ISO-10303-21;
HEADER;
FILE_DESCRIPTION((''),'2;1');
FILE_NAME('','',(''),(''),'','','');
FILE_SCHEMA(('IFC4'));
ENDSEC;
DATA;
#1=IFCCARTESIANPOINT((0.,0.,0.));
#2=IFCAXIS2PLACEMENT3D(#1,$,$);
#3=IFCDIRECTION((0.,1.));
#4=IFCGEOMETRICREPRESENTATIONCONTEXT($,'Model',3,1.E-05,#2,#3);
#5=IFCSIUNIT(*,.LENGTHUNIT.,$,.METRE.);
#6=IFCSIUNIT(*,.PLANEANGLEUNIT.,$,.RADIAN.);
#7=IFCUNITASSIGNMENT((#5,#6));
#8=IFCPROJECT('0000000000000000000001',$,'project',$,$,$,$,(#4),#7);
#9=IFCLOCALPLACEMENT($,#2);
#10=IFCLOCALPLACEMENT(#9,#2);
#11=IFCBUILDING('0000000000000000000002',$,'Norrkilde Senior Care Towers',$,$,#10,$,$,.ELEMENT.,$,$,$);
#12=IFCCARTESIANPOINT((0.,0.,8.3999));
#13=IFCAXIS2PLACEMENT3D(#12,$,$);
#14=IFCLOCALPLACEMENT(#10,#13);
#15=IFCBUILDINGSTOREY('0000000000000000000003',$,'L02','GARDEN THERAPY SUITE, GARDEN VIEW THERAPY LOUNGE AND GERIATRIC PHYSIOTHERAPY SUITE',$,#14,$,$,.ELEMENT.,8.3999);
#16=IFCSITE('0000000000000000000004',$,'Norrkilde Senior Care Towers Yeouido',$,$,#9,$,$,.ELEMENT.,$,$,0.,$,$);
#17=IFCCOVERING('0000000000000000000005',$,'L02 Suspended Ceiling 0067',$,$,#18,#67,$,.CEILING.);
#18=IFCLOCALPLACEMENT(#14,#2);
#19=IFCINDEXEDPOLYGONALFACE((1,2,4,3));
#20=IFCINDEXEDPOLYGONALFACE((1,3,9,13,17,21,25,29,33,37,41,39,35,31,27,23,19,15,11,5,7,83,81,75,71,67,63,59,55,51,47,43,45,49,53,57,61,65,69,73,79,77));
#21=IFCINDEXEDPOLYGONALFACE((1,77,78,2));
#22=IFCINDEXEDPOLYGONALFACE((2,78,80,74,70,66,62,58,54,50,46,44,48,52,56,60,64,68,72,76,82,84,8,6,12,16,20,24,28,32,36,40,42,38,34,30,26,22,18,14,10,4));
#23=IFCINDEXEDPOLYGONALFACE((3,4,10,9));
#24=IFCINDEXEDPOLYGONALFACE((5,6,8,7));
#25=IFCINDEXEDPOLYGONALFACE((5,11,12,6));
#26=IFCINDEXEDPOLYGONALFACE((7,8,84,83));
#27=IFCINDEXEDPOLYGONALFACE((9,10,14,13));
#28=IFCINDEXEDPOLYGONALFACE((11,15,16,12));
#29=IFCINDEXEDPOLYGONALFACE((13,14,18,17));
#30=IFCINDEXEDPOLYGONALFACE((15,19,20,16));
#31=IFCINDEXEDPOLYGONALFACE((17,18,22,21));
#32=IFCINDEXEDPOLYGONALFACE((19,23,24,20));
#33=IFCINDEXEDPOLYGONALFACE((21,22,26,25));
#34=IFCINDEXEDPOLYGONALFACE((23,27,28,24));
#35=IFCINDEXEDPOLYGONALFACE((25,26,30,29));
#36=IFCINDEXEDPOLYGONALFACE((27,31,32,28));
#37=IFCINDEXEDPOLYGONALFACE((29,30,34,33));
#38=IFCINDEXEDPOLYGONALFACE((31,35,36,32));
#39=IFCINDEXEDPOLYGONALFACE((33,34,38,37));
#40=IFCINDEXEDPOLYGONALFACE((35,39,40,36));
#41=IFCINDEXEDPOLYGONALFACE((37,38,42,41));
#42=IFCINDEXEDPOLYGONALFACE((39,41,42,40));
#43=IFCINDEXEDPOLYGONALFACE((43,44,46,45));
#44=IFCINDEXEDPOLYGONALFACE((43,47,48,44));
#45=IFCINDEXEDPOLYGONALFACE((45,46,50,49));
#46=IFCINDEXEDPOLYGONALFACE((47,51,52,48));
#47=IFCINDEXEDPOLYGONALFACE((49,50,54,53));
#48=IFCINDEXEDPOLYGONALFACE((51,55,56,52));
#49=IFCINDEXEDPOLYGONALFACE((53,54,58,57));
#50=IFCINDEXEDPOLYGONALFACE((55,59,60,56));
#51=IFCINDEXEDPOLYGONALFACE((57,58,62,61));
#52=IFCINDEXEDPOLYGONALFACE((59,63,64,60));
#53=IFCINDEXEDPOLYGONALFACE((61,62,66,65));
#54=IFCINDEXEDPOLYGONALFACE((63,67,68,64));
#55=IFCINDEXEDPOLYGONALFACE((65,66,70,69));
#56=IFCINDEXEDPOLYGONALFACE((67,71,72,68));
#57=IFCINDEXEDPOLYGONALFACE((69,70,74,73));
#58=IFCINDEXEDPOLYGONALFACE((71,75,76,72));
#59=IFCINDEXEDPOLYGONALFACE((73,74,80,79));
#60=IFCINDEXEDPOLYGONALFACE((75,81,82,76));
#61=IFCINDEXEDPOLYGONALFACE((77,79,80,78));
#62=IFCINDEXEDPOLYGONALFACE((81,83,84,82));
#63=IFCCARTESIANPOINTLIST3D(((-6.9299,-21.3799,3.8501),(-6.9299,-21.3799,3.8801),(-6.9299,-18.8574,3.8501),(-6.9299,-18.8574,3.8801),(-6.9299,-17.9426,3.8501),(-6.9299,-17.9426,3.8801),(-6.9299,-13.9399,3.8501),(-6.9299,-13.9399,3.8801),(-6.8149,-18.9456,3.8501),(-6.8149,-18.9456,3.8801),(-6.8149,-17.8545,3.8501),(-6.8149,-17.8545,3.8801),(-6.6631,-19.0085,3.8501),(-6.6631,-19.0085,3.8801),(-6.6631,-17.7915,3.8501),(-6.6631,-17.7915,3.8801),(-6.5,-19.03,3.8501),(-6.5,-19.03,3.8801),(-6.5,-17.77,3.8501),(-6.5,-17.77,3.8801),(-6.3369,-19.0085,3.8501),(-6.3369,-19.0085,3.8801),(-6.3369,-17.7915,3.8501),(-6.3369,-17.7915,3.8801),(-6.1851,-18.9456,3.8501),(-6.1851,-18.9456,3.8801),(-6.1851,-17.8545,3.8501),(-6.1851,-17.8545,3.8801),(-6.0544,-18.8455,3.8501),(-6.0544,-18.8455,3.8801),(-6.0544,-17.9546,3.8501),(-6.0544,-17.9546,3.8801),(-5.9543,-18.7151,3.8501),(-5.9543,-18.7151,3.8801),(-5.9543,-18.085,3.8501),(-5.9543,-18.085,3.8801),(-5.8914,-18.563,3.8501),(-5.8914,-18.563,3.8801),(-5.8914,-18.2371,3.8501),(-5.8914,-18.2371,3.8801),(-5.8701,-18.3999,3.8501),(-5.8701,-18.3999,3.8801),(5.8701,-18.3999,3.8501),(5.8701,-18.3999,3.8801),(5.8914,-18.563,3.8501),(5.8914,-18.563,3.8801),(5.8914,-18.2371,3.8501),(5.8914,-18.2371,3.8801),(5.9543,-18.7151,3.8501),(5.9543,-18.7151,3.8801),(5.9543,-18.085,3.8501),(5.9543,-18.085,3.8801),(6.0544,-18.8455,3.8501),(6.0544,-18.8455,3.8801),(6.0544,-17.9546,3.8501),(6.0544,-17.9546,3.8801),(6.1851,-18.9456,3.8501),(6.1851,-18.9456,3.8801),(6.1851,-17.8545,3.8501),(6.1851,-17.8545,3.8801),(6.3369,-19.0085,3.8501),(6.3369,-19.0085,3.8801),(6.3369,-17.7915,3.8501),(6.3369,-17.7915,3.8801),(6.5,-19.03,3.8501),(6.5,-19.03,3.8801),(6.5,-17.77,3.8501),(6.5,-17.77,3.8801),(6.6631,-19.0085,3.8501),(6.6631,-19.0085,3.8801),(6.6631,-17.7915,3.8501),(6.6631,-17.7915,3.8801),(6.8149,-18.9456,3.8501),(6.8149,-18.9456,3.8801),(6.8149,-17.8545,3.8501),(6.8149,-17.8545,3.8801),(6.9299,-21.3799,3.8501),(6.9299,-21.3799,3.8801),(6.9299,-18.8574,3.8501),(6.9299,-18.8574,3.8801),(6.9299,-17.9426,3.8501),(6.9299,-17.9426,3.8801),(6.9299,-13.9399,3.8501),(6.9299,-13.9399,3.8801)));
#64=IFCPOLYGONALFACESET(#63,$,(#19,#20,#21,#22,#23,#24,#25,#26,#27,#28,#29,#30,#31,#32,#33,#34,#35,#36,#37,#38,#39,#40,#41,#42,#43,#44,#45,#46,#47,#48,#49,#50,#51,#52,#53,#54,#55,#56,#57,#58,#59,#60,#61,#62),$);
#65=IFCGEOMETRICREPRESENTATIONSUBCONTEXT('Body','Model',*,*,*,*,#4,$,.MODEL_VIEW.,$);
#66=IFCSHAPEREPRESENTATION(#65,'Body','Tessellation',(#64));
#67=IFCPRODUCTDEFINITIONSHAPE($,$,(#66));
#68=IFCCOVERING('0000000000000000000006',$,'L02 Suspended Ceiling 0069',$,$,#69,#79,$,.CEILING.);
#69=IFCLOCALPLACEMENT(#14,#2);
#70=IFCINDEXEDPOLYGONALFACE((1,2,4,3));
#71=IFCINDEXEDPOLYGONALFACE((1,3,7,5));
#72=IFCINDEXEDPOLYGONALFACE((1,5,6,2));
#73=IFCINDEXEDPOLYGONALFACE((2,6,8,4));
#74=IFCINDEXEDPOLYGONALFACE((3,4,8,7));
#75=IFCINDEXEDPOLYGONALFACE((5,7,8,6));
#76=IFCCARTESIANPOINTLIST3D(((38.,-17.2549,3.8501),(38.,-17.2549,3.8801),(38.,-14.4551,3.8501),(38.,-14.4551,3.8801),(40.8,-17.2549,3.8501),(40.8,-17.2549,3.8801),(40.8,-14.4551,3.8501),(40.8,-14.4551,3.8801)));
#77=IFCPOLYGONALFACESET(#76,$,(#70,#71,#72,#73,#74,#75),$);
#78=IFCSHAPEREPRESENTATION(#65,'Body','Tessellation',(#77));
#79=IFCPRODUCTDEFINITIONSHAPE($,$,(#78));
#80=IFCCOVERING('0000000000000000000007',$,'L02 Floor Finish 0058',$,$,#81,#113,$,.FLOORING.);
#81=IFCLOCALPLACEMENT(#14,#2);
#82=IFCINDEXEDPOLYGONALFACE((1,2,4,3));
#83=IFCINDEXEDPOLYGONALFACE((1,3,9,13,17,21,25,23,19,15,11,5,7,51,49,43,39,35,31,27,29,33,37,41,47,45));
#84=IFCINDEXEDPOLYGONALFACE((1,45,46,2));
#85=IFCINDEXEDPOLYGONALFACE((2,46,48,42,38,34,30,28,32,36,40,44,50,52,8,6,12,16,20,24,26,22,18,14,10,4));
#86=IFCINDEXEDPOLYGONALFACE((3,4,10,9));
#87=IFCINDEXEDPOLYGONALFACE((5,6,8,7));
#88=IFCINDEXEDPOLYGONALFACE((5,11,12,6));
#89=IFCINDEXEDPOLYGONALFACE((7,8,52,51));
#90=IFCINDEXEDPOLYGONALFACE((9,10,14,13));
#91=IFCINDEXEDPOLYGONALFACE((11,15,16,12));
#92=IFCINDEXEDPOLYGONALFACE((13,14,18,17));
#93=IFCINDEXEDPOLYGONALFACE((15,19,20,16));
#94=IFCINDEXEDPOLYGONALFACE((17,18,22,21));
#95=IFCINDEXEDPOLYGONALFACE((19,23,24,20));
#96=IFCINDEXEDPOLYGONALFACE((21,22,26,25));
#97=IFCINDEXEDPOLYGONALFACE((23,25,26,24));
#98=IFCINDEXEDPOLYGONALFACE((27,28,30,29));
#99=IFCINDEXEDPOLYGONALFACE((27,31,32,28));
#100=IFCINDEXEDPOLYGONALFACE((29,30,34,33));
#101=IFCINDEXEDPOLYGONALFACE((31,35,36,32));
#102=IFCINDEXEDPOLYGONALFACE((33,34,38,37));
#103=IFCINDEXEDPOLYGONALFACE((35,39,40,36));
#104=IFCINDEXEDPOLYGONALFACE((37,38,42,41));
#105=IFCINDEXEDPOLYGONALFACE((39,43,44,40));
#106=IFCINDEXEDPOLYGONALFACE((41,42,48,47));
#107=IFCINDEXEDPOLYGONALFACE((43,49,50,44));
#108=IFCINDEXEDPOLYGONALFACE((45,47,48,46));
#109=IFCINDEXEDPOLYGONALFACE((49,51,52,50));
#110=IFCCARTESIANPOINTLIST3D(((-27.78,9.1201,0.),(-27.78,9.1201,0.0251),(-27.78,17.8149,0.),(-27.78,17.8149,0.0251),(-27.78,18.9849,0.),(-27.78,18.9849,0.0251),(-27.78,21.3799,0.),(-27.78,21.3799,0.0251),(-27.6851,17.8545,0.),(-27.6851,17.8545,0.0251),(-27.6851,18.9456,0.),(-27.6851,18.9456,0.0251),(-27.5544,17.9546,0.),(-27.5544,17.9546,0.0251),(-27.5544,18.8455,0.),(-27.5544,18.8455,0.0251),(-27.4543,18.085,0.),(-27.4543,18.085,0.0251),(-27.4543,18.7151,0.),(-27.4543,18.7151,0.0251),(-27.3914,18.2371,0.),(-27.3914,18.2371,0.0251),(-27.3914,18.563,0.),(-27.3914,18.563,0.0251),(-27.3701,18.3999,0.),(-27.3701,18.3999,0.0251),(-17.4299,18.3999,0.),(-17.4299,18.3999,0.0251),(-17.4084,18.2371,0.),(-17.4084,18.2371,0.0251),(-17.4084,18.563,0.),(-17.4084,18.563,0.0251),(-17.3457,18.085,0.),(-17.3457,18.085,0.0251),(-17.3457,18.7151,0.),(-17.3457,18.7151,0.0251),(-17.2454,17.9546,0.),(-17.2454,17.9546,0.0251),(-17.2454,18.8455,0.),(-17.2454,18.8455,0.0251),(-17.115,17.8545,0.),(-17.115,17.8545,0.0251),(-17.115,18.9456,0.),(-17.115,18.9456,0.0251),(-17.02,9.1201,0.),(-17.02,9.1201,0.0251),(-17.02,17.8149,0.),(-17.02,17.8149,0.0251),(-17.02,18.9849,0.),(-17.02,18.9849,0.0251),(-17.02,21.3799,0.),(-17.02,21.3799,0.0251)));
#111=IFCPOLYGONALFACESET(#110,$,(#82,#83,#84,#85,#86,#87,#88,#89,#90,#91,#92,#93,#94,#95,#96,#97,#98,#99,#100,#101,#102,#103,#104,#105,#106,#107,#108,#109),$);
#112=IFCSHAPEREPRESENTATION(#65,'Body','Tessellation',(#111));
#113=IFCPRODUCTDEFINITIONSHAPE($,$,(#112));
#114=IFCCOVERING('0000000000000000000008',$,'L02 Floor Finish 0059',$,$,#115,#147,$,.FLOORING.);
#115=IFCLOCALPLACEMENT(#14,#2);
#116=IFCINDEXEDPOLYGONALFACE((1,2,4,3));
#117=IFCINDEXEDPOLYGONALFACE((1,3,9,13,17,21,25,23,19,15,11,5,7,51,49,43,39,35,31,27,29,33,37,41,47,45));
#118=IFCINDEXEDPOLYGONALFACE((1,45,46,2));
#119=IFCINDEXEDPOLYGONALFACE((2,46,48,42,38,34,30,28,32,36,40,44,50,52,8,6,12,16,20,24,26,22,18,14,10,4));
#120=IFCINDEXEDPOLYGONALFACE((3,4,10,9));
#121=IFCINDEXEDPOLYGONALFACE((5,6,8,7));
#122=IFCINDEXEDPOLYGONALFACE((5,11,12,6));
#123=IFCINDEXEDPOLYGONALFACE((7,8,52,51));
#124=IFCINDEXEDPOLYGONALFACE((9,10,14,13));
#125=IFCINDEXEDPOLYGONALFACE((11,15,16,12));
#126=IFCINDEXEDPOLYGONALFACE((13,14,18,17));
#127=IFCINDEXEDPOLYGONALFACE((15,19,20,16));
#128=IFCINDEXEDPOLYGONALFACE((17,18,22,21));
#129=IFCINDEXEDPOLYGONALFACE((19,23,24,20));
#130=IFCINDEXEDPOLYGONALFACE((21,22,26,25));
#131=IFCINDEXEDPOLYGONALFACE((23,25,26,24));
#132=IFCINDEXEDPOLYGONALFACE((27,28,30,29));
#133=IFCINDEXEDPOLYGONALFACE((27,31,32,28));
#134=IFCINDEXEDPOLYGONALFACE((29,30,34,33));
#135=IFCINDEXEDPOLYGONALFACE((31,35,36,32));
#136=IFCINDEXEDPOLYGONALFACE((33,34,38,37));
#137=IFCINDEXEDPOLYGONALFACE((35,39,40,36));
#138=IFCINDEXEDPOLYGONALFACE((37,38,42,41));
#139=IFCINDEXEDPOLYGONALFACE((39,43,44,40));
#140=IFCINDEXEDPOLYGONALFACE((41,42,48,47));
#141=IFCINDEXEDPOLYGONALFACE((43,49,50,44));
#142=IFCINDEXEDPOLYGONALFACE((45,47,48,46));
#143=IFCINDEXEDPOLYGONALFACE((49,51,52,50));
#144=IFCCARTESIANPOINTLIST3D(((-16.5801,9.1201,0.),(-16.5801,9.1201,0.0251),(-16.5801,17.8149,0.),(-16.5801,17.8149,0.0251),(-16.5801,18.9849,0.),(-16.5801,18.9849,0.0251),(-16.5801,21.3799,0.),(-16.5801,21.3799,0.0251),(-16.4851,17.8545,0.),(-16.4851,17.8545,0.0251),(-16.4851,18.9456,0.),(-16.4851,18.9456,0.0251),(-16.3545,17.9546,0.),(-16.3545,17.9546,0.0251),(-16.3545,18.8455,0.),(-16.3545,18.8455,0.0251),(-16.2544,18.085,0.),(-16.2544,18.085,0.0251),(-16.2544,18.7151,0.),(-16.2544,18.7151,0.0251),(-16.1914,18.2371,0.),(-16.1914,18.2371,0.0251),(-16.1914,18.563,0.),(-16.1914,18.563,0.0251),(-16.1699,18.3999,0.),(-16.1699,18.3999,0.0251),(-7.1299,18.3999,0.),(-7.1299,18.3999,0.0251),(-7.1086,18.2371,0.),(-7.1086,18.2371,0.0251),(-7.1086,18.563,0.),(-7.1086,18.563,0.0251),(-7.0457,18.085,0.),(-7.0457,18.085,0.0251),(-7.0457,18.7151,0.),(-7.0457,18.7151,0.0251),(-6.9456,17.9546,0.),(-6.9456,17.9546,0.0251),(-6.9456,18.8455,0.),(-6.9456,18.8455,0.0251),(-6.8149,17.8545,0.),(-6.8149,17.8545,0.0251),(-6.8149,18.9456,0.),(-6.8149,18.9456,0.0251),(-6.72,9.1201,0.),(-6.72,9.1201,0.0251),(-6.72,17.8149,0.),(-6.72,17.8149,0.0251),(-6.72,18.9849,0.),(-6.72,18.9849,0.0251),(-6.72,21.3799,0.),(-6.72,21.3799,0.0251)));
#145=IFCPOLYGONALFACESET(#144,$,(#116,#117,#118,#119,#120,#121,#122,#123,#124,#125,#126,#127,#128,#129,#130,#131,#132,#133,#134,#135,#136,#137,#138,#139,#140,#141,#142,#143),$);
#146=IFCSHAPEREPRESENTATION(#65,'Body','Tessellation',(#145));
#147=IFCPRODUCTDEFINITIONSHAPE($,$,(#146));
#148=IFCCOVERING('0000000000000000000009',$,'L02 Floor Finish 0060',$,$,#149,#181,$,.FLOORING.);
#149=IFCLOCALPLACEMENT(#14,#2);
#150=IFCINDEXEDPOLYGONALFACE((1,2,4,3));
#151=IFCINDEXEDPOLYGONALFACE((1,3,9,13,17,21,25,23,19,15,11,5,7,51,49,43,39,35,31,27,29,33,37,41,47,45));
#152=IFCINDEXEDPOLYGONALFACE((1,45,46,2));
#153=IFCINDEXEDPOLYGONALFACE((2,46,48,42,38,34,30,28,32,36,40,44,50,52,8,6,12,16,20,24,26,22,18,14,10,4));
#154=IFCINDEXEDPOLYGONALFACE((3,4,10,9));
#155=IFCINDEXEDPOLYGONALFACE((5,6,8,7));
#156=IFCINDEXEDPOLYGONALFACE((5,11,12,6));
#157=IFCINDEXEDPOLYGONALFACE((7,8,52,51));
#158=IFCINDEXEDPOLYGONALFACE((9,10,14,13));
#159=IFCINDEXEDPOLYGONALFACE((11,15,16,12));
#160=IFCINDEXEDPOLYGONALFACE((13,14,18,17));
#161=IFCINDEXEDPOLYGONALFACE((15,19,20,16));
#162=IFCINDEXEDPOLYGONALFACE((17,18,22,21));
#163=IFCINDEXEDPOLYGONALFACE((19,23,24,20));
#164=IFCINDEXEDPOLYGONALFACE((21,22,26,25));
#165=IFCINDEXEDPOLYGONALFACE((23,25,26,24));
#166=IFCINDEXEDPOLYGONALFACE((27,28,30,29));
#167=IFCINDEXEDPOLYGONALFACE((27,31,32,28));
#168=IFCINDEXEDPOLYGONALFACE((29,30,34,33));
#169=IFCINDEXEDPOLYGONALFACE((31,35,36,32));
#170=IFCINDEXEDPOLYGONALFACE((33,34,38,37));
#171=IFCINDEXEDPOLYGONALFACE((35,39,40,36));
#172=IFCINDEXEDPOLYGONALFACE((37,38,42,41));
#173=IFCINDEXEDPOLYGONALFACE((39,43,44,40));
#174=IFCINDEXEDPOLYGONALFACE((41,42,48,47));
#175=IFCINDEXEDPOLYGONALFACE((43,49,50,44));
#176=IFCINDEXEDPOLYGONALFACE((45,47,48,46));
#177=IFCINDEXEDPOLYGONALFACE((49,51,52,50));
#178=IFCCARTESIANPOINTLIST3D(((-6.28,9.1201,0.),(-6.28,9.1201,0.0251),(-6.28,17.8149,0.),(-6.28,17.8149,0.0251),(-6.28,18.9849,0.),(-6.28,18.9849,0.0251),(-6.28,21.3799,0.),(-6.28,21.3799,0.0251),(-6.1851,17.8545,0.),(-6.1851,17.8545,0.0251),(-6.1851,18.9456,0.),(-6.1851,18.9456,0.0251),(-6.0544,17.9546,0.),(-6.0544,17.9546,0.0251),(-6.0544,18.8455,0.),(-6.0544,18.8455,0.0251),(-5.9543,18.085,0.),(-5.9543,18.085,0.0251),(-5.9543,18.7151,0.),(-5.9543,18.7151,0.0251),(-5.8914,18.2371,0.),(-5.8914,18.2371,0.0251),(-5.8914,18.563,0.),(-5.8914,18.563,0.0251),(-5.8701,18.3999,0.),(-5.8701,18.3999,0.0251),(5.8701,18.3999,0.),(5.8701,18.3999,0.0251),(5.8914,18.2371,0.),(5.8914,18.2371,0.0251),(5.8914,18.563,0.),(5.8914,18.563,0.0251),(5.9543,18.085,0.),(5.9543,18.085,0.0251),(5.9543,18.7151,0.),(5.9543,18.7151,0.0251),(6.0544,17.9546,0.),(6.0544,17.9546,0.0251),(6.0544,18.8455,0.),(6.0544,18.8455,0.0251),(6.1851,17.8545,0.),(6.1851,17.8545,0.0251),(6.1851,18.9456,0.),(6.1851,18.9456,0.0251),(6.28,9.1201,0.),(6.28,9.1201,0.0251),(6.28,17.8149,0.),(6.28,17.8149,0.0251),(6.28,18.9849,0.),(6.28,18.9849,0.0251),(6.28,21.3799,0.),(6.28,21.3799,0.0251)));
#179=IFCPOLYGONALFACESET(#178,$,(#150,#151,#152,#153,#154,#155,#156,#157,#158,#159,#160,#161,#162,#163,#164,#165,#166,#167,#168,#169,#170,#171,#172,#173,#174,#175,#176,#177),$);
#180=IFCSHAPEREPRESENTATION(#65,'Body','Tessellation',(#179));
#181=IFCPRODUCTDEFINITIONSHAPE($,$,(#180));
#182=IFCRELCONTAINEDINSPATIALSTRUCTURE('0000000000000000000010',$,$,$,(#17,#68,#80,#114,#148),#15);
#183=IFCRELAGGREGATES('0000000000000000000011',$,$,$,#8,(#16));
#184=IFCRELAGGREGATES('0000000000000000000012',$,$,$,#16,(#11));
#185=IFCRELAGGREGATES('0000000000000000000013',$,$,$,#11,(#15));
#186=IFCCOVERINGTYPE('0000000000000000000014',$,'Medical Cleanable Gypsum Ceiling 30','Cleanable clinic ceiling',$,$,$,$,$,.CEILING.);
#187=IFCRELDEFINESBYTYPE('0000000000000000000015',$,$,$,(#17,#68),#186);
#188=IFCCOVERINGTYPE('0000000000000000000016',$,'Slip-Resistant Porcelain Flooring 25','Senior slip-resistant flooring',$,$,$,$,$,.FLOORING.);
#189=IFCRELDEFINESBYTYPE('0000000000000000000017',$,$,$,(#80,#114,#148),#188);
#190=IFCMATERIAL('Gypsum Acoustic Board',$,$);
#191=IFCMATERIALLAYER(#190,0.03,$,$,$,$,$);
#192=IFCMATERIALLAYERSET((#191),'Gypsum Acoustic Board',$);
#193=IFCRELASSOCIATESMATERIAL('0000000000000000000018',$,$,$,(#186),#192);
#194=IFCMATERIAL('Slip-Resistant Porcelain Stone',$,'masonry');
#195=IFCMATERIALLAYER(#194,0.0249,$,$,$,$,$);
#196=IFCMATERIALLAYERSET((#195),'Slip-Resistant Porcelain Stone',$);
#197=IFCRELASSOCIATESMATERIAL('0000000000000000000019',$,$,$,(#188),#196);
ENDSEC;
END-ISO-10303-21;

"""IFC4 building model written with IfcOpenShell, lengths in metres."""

from ifc_helpers import new_model, si_unit, direction, frame, origin, place, context, subcontext, project, spatial, polyline, outline, extrude, material, layer, layer_set, type_object, element, save


model = new_model("IFC4")

# Units and contexts
model_context = context("Model", 3, precision=1e-05, world=origin(), true_north=direction((0.0, 1.0)))
body_context = subcontext(model_context, "Body", "Model", "MODEL_VIEW")
ifc_project = project(units=[si_unit("LENGTHUNIT", "METRE"), si_unit("PLANEANGLEUNIT", "RADIAN")], contexts=[model_context])

# Site, building, storey
site_placement = place(None, origin())
site = spatial("IfcSite", under=ifc_project, at=site_placement, Name="Norrkilde Senior Care Towers Yeouido", CompositionType="ELEMENT", RefElevation=0.0)
building_placement = place(site_placement, origin())
building = spatial("IfcBuilding", under=site, at=building_placement, Name="Norrkilde Senior Care Towers", CompositionType="ELEMENT")
storey_placement = place(building_placement, frame((0.0, 0.0, 8.3999)))
storey = spatial("IfcBuildingStorey", under=building, at=storey_placement, Name="L02", Description="GARDEN THERAPY SUITE, GARDEN VIEW THERAPY LOUNGE AND GERIATRIC PHYSIOTHERAPY SUITE", CompositionType="ELEMENT", Elevation=8.3999)

# Shared definitions
ifc_material_1 = material(Name="Gypsum Acoustic Board")

# Coverings
ifc_layer_1 = layer(ifc_material_1, 0.03)
ifc_layer_set_1 = layer_set([ifc_layer_1], Name="Gypsum Acoustic Board")
covering_type_1 = type_object("IfcCoveringType", Name="Medical Cleanable Gypsum Ceiling 30", Description="Cleanable clinic ceiling", PredefinedType="CEILING", material=ifc_layer_set_1)
covering_1_placement = place(storey_placement, frame((0.0, 0.0, 3.8501)))
element("IfcCovering", 1, at=covering_1_placement, inside=storey, type_object=covering_type_1, Name="L02 Suspended Ceiling 0067", PredefinedType="CEILING", context=body_context, shape_type="SweptSolid", body=[
    extrude(outline(polyline([(-6.9299, -21.3799), (-6.9299, -18.8574), (-6.8149, -18.9456), (-6.6631, -19.0085), (-6.5, -19.03), (-6.3369, -19.0085), (-6.1851, -18.9456), (-6.0544, -18.8455), (-5.9543, -18.7151), (-5.8914, -18.563), (-5.8701, -18.3999), (-5.8914, -18.2371), (-5.9543, -18.085), (-6.0544, -17.9546), (-6.1851, -17.8545), (-6.3369, -17.7915), (-6.5, -17.77), (-6.6631, -17.7915), (-6.8149, -17.8545), (-6.9299, -17.9426), (-6.9299, -13.9399), (6.9299, -13.9399), (6.9299, -17.9426), (6.8149, -17.8545), (6.6631, -17.7915), (6.5, -17.77), (6.3369, -17.7915), (6.1851, -17.8545), (6.0544, -17.9546), (5.9543, -18.085), (5.8914, -18.2371), (5.8701, -18.3999), (5.8914, -18.563), (5.9543, -18.7151), (6.0544, -18.8455), (6.1851, -18.9456), (6.3369, -19.0085), (6.5, -19.03), (6.6631, -19.0085), (6.8149, -18.9456), (6.9299, -18.8574), (6.9299, -21.3799), (-6.9299, -21.3799)])), origin(), (0.0, 0.0, 1.0), 0.03),
])
covering_2_placement = place(storey_placement, frame((0.0, 0.0, 3.8501)))
element("IfcCovering", 2, at=covering_2_placement, inside=storey, type_object=covering_type_1, Name="L02 Suspended Ceiling 0069", PredefinedType="CEILING", context=body_context, shape_type="SweptSolid", body=[
    extrude(outline(polyline([(38.0, -17.2549), (38.0, -14.4551), (40.8, -14.4551), (40.8, -17.2549), (38.0, -17.2549)])), origin(), (0.0, 0.0, 1.0), 0.03),
])
ifc_material_2 = material(Name="Slip-Resistant Porcelain Stone", Category="masonry")
ifc_layer_2 = layer(ifc_material_2, 0.0249)
ifc_layer_set_2 = layer_set([ifc_layer_2], Name="Slip-Resistant Porcelain Stone")
covering_type_2 = type_object("IfcCoveringType", Name="Slip-Resistant Porcelain Flooring 25", Description="Senior slip-resistant flooring", PredefinedType="FLOORING", material=ifc_layer_set_2)
covering_3_placement = place(storey_placement, origin())
element("IfcCovering", 3, at=covering_3_placement, inside=storey, type_object=covering_type_2, Name="L02 Floor Finish 0058", PredefinedType="FLOORING", context=body_context, shape_type="SweptSolid", body=[
    extrude(outline(polyline([(-27.78, 9.1201), (-27.78, 17.8149), (-27.6851, 17.8545), (-27.5544, 17.9546), (-27.4543, 18.085), (-27.3914, 18.2371), (-27.3701, 18.3999), (-27.3914, 18.563), (-27.4543, 18.7151), (-27.5544, 18.8455), (-27.6851, 18.9456), (-27.78, 18.9849), (-27.78, 21.3799), (-17.02, 21.3799), (-17.02, 18.9849), (-17.115, 18.9456), (-17.2454, 18.8455), (-17.3457, 18.7151), (-17.4084, 18.563), (-17.4299, 18.3999), (-17.4084, 18.2371), (-17.3457, 18.085), (-17.2454, 17.9546), (-17.115, 17.8545), (-17.02, 17.8149), (-17.02, 9.1201), (-27.78, 9.1201)])), origin(), (0.0, 0.0, 1.0), 0.0251),
])
covering_4_placement = place(storey_placement, origin())
element("IfcCovering", 4, at=covering_4_placement, inside=storey, type_object=covering_type_2, Name="L02 Floor Finish 0059", PredefinedType="FLOORING", context=body_context, shape_type="SweptSolid", body=[
    extrude(outline(polyline([(-16.5801, 9.1201), (-16.5801, 17.8149), (-16.4851, 17.8545), (-16.3545, 17.9546), (-16.2544, 18.085), (-16.1914, 18.2371), (-16.1699, 18.3999), (-16.1914, 18.563), (-16.2544, 18.7151), (-16.3545, 18.8455), (-16.4851, 18.9456), (-16.5801, 18.9849), (-16.5801, 21.3799), (-6.72, 21.3799), (-6.72, 18.9849), (-6.8149, 18.9456), (-6.9456, 18.8455), (-7.0457, 18.7151), (-7.1086, 18.563), (-7.1299, 18.3999), (-7.1086, 18.2371), (-7.0457, 18.085), (-6.9456, 17.9546), (-6.8149, 17.8545), (-6.72, 17.8149), (-6.72, 9.1201), (-16.5801, 9.1201)])), origin(), (0.0, 0.0, 1.0), 0.0251),
])
covering_5_placement = place(storey_placement, origin())
element("IfcCovering", 5, at=covering_5_placement, inside=storey, type_object=covering_type_2, Name="L02 Floor Finish 0060", PredefinedType="FLOORING", context=body_context, shape_type="SweptSolid", body=[
    extrude(outline(polyline([(-6.28, 9.1201), (-6.28, 17.8149), (-6.1851, 17.8545), (-6.0544, 17.9546), (-5.9543, 18.085), (-5.8914, 18.2371), (-5.8701, 18.3999), (-5.8914, 18.563), (-5.9543, 18.7151), (-6.0544, 18.8455), (-6.1851, 18.9456), (-6.28, 18.9849), (-6.28, 21.3799), (6.28, 21.3799), (6.28, 18.9849), (6.1851, 18.9456), (6.0544, 18.8455), (5.9543, 18.7151), (5.8914, 18.563), (5.8701, 18.3999), (5.8914, 18.2371), (5.9543, 18.085), (6.0544, 17.9546), (6.1851, 17.8545), (6.28, 17.8149), (6.28, 9.1201), (-6.28, 9.1201)])), origin(), (0.0, 0.0, 1.0), 0.0251),
])

save(model, "model.ifc")
